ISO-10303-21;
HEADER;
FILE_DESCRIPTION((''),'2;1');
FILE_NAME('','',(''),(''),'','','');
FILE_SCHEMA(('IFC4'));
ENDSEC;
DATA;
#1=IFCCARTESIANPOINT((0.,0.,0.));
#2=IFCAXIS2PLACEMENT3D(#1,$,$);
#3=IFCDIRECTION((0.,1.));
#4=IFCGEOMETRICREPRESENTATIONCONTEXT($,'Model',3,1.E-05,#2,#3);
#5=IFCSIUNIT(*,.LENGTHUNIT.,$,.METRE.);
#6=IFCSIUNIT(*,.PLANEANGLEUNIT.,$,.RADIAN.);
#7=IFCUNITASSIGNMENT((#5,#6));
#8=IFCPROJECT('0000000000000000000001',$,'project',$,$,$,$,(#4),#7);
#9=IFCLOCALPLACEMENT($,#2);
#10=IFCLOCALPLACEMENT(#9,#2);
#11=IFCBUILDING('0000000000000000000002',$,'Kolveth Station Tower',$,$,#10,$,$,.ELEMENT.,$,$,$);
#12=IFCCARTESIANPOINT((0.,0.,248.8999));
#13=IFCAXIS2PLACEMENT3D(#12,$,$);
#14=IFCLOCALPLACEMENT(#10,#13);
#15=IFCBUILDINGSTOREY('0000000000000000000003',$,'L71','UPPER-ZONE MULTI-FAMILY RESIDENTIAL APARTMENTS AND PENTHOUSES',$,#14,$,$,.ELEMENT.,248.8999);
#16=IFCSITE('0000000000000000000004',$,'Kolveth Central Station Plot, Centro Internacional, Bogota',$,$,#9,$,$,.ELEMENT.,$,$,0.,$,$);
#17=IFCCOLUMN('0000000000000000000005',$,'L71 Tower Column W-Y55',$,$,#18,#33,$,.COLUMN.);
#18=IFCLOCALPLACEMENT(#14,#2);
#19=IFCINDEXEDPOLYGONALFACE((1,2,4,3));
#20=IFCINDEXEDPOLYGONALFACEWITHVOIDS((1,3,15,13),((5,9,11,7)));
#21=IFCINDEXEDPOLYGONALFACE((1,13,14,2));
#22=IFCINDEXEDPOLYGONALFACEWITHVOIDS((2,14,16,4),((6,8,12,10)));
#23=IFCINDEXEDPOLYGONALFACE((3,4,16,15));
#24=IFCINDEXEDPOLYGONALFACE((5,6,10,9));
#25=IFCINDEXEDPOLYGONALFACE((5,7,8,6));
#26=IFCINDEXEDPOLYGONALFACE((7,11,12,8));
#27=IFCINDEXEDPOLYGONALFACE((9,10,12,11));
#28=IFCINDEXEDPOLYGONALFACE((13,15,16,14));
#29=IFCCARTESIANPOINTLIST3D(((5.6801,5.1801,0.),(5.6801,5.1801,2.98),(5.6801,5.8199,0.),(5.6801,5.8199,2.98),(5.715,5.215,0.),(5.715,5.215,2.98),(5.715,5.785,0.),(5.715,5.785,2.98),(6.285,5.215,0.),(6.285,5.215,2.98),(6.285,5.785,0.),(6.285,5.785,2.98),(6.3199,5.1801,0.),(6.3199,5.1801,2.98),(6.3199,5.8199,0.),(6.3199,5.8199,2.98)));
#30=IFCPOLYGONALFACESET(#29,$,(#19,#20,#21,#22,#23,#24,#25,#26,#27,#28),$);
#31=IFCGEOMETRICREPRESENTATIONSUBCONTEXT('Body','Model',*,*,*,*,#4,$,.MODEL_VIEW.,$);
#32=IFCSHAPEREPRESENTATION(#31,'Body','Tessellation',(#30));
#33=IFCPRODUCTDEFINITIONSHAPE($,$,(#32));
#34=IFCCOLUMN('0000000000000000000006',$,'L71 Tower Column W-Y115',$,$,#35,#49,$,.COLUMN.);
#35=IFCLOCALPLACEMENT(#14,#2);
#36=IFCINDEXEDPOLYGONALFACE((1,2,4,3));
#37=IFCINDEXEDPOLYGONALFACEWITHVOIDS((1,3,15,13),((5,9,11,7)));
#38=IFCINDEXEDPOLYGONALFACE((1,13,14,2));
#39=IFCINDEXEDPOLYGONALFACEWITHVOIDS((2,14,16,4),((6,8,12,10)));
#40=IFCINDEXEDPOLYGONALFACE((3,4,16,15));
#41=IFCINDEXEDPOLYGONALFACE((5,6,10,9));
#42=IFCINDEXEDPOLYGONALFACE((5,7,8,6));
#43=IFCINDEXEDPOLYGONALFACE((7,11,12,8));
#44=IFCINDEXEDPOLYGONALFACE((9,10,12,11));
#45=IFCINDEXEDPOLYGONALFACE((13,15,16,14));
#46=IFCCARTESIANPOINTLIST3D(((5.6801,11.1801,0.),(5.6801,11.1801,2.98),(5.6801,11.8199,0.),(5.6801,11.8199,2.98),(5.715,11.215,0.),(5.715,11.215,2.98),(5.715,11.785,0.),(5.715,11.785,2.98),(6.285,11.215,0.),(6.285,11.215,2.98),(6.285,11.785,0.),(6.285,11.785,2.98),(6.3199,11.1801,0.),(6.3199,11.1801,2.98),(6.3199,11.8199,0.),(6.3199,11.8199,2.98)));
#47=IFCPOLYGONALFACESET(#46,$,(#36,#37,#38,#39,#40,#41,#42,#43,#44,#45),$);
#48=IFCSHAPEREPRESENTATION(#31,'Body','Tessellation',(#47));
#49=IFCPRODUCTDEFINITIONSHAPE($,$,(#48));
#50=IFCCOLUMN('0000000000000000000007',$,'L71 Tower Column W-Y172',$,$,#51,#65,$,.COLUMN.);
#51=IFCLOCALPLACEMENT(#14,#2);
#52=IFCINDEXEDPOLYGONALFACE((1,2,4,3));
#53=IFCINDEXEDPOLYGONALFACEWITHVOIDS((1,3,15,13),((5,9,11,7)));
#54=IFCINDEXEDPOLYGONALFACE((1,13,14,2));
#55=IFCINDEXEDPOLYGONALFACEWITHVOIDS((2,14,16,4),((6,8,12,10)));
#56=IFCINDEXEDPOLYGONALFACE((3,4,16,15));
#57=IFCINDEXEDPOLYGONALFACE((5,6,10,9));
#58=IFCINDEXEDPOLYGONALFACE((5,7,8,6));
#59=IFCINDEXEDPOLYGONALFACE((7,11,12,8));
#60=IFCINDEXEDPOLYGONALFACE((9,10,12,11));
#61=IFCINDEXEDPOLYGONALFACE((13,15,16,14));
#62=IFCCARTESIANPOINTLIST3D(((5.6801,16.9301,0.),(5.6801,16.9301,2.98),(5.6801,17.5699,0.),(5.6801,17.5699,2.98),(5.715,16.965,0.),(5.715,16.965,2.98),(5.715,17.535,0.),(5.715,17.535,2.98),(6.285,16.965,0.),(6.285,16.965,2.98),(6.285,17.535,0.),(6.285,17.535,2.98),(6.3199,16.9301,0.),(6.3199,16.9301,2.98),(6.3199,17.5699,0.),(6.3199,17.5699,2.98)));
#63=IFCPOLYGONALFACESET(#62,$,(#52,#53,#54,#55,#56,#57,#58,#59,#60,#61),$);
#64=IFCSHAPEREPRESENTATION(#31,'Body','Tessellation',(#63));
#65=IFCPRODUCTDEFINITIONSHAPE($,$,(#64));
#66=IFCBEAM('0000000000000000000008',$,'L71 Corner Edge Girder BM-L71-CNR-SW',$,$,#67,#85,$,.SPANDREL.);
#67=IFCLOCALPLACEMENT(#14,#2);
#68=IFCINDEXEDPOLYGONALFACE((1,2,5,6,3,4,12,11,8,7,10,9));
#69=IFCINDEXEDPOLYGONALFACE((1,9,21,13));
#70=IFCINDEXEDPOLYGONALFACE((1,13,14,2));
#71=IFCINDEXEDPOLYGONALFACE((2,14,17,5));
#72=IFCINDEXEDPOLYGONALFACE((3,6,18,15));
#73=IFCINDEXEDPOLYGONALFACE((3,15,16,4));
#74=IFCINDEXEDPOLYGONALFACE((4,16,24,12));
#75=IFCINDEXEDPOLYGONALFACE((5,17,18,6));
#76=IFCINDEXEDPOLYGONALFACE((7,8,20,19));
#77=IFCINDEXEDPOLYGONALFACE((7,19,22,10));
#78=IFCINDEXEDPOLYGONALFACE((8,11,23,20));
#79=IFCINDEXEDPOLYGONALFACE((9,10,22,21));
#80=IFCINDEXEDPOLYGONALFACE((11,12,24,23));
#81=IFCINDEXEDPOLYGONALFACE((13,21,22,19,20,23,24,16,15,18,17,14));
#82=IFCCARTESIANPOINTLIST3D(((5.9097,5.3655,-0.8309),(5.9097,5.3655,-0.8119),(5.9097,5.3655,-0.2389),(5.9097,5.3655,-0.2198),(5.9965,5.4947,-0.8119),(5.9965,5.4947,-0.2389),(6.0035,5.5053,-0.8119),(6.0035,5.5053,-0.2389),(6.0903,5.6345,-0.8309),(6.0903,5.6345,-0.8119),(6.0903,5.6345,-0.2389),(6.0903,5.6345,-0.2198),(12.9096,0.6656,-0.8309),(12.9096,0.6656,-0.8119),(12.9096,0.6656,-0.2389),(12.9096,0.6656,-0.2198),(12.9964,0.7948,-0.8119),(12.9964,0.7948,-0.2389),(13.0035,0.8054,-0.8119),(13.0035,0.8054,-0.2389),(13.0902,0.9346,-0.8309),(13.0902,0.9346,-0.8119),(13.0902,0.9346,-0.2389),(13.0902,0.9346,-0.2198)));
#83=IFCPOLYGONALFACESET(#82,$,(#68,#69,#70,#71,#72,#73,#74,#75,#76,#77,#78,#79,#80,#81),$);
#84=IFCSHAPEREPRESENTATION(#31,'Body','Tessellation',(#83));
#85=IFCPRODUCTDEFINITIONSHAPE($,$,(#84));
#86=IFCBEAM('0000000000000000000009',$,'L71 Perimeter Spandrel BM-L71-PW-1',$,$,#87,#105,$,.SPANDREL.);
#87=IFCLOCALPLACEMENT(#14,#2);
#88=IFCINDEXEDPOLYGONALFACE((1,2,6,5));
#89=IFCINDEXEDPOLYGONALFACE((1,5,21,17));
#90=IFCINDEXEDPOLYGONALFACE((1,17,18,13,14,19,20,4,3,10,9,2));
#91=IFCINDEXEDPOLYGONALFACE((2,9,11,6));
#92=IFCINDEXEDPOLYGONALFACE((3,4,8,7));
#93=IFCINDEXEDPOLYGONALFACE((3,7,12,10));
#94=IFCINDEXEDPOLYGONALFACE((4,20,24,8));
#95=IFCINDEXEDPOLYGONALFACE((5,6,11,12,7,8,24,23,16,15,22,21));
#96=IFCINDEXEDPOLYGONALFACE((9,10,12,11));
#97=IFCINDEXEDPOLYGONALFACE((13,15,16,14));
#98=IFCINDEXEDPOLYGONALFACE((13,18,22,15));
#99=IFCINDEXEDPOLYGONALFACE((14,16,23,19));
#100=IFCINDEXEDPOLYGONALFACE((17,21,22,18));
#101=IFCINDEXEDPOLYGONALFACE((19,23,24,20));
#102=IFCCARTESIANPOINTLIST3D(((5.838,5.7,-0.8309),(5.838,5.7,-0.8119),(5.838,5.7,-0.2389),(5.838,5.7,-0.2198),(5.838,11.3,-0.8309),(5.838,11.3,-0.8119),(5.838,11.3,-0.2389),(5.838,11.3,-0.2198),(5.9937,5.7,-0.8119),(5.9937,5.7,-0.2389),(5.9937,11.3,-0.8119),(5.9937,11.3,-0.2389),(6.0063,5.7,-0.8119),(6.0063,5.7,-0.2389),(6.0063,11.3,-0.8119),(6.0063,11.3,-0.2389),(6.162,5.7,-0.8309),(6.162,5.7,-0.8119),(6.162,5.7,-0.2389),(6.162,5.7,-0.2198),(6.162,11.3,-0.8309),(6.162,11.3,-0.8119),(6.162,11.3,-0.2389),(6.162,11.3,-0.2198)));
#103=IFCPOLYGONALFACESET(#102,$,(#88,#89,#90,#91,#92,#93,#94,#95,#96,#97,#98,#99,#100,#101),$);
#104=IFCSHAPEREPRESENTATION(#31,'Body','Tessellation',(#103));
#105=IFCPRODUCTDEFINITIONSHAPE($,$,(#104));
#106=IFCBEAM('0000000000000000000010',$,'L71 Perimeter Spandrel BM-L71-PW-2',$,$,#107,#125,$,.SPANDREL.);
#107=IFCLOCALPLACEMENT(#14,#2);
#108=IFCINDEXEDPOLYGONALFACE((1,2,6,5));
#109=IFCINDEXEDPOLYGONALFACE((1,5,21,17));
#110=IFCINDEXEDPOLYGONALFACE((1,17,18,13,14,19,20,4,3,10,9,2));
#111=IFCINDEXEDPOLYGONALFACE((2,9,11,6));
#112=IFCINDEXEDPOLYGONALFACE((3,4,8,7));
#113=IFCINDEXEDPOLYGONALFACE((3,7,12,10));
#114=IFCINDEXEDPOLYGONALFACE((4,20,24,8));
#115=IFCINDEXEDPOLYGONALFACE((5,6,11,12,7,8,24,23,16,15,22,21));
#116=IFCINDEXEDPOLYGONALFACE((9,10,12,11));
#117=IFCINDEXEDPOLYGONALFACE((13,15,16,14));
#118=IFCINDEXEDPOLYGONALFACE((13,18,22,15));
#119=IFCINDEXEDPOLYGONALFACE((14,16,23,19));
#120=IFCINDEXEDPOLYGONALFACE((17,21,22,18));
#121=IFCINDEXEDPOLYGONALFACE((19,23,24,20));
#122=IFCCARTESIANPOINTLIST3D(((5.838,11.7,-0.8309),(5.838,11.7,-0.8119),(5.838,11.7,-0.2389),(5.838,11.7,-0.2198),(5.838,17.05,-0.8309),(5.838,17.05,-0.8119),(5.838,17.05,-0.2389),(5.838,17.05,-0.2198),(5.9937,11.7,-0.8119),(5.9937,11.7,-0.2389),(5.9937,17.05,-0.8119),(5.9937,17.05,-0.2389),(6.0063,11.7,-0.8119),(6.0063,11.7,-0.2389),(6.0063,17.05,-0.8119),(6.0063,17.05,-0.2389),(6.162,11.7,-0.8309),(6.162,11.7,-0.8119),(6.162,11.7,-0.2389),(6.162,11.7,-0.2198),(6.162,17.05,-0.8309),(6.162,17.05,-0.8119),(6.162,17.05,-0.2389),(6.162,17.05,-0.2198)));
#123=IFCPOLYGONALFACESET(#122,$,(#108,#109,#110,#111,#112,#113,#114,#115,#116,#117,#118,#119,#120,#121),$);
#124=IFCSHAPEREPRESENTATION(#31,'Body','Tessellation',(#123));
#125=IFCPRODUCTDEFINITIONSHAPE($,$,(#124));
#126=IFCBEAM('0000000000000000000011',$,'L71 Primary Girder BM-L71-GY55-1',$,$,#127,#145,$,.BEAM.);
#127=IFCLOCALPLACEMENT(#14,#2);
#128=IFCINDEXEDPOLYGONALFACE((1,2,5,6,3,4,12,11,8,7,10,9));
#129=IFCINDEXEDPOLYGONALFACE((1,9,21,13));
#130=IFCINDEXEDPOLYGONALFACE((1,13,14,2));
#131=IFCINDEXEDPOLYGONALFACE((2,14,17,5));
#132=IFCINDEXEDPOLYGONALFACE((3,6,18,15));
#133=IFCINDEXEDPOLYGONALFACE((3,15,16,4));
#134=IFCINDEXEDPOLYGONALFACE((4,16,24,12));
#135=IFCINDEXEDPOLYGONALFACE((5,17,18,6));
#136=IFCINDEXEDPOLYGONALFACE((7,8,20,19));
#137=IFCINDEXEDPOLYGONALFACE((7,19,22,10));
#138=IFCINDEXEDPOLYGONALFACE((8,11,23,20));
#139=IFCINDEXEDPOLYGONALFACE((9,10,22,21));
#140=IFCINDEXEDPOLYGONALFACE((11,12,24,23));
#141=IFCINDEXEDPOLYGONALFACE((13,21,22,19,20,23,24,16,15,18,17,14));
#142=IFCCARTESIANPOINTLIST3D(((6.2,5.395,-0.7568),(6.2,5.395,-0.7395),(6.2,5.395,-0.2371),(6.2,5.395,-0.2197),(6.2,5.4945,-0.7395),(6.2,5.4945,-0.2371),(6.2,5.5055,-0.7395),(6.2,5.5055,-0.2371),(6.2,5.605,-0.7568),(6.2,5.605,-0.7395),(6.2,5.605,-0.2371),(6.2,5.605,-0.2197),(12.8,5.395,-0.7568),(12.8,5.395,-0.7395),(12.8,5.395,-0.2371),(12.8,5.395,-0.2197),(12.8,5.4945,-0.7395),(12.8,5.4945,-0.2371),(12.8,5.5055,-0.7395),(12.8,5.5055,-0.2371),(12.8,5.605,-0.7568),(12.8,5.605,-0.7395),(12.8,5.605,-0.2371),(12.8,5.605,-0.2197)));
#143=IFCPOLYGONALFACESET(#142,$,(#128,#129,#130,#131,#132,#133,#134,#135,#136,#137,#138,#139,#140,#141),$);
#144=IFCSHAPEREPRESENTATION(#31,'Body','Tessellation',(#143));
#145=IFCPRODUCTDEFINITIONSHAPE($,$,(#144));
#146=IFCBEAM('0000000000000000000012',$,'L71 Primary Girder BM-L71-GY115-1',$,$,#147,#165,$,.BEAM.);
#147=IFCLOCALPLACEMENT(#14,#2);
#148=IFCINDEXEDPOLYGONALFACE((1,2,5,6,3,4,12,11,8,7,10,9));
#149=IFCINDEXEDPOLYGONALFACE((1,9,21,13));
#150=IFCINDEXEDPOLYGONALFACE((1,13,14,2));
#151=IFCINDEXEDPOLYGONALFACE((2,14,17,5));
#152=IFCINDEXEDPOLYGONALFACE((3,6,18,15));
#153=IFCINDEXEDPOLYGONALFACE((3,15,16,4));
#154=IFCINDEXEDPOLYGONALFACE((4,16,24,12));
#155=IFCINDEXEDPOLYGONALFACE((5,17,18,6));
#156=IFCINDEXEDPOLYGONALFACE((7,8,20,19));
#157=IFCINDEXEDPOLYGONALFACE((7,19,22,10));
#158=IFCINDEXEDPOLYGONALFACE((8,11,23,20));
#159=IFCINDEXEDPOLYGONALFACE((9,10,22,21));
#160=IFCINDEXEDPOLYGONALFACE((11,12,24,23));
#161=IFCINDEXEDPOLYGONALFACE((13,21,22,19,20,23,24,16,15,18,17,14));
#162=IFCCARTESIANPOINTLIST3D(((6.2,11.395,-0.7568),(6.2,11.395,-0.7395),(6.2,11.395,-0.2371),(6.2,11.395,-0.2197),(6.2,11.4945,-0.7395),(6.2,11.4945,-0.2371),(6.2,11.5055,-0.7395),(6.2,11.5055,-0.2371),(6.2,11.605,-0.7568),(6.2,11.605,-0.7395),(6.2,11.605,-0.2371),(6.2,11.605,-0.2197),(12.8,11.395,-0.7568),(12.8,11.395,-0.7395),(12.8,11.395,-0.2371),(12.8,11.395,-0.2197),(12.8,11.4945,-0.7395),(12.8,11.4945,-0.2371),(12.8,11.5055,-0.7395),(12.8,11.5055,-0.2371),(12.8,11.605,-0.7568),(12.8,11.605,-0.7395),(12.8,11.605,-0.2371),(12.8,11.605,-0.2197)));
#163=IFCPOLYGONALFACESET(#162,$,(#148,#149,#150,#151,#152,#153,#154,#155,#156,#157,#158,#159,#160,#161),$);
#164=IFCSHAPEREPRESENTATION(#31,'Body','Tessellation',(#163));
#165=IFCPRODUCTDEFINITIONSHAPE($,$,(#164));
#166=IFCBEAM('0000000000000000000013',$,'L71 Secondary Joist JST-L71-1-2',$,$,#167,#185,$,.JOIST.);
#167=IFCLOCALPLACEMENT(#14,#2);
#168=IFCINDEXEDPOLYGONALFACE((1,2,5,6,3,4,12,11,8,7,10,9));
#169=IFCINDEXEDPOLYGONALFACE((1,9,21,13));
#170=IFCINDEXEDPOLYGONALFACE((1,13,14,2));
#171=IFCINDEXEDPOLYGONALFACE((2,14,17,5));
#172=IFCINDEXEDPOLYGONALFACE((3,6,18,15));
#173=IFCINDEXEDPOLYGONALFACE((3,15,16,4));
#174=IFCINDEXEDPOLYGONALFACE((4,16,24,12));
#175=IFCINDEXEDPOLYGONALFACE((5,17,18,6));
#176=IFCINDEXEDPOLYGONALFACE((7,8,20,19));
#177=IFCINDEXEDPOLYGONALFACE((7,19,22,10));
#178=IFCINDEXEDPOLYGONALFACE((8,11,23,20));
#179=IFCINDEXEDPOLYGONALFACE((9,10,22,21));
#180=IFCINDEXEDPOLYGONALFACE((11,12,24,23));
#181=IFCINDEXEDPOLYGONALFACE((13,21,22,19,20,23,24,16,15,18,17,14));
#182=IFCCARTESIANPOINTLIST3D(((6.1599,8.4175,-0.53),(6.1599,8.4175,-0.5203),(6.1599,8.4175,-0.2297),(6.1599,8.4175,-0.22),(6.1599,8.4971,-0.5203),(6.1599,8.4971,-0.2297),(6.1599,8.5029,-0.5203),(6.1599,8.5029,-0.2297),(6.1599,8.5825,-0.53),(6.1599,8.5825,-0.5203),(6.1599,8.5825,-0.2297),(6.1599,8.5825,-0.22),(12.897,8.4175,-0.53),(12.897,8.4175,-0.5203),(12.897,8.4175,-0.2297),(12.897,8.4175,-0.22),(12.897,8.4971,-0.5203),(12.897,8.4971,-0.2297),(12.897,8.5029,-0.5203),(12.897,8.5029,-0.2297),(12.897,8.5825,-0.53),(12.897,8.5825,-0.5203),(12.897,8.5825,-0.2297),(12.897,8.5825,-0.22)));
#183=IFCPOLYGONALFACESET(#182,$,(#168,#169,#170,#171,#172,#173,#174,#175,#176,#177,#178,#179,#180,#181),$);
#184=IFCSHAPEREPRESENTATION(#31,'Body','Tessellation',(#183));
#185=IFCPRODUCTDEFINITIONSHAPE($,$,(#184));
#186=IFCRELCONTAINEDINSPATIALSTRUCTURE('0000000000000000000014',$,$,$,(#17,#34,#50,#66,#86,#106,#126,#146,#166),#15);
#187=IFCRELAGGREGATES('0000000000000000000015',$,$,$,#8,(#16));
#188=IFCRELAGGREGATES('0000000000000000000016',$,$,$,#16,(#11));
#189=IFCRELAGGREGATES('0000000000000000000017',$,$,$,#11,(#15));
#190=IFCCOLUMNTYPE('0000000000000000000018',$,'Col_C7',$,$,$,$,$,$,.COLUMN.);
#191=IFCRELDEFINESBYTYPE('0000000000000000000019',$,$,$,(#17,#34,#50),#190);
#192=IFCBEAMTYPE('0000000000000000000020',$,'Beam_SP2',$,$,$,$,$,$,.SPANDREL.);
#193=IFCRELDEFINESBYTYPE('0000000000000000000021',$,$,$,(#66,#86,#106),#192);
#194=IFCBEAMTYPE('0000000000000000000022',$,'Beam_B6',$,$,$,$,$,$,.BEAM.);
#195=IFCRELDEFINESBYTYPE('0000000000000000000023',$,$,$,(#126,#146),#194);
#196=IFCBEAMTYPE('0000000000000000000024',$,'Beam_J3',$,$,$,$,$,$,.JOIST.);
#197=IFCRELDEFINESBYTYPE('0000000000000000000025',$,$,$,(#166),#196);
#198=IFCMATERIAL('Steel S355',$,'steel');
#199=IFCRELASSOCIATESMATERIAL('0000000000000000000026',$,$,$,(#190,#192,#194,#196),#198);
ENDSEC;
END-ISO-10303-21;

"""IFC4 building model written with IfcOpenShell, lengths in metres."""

from ifc_helpers import new_model, si_unit, direction, frame, origin, origin_2d, place, context, subcontext, project, spatial, hollow_rectangle, i_section, extrude, source, transform, mapped, material, material_profile, profile_set, type_object, element, save


model = new_model("IFC4")

# Units and contexts
model_context = context("Model", 3, precision=1e-05, world=origin(), true_north=direction((0.0, 1.0)))
body_context = subcontext(model_context, "Body", "Model", "MODEL_VIEW")
ifc_project = project(units=[si_unit("LENGTHUNIT", "METRE"), si_unit("PLANEANGLEUNIT", "RADIAN")], contexts=[model_context])

# Site, building, storey
site_placement = place(None, origin())
site = spatial("IfcSite", under=ifc_project, at=site_placement, Name="Kolveth Central Station Plot, Centro Internacional, Bogota", CompositionType="ELEMENT", RefElevation=0.0)
building_placement = place(site_placement, origin())
building = spatial("IfcBuilding", under=site, at=building_placement, Name="Kolveth Station Tower", CompositionType="ELEMENT")
storey_placement = place(building_placement, frame((0.0, 0.0, 248.8999)))
storey = spatial("IfcBuildingStorey", under=building, at=storey_placement, Name="L71", Description="UPPER-ZONE MULTI-FAMILY RESIDENTIAL APARTMENTS AND PENTHOUSES", CompositionType="ELEMENT", Elevation=248.8999)

# Columns
ifc_material_1 = material(Name="Steel S355", Category="steel")
ifc_material_profile_1 = material_profile(ifc_material_1, hollow_rectangle(XDim=0.6399, YDim=0.6399, WallThickness=0.0349, at=origin_2d()), Name="BOX640x640x35")
ifc_profile_set_1 = profile_set([ifc_material_profile_1], Name="Steel S355")
column_type = type_object("IfcColumnType", Name="Col_C7", PredefinedType="COLUMN", material=ifc_profile_set_1)
shared_shape_1 = source(origin(), body_context, "Body", "SweptSolid", [
    extrude(hollow_rectangle(XDim=0.6399, YDim=0.6399, WallThickness=0.0349, at=origin_2d()), origin(), (0.0, 0.0, 1.0), 2.98),
])
for number, where, z_axis, x_axis, name in (
    (1, (6.0, 5.5, 0.0), (0.0, 0.0, 1.0), (1.0, 0.0, 0.0), "L71 Tower Column W-Y55"),
    (2, (6.0, 11.5, 0.0), (0.0, 0.0, 1.0), (1.0, 0.0, 0.0), "L71 Tower Column W-Y115"),
    (3, (6.0, 17.25, 0.0), (0.0, 0.0, 1.0), (1.0, 0.0, 0.0), "L71 Tower Column W-Y172"),
):
    element("IfcColumn", number, at=place(storey_placement, frame(where, z_axis=z_axis, x_axis=x_axis)), inside=storey, type_object=column_type, Name=name, PredefinedType="COLUMN", context=body_context, shape_type="MappedRepresentation", body=[
        mapped(shared_shape_1, transform((0.0, 0.0, 0.0), x_axis=(1.0, 0.0, 0.0), y_axis=(0.0, 1.0, 0.0), z_axis=(0.0, 0.0, 1.0), scale=1.0)),
    ])

# Beams
ifc_material_profile_2 = material_profile(ifc_material_1, i_section(OverallWidth=0.324, OverallDepth=0.6111, WebThickness=0.0127, FlangeThickness=0.019, at=origin_2d()), Name="W610x155")
ifc_profile_set_2 = profile_set([ifc_material_profile_2], Name="Steel S355")
beam_type_1 = type_object("IfcBeamType", Name="Beam_SP2", PredefinedType="SPANDREL", material=ifc_profile_set_2)
shared_shape_2 = source(origin(), body_context, "Body", "SweptSolid", [
    extrude(i_section(OverallWidth=0.324, OverallDepth=0.6111, WebThickness=0.0127, FlangeThickness=0.019, at=origin_2d()), origin(), (0.0, 0.0, 1.0), 8.4314),
])
beam_1_placement = place(storey_placement, frame((6.0, 5.5, -0.5254), z_axis=(0.830224, -0.55743, 0.0), x_axis=(0.55743, 0.830224, 0.0)))
element("IfcBeam", 4, at=beam_1_placement, inside=storey, type_object=beam_type_1, Name="L71 Corner Edge Girder BM-L71-CNR-SW", PredefinedType="SPANDREL", context=body_context, shape_type="MappedRepresentation", body=[
    mapped(shared_shape_2, transform((0.0, 0.0, 0.0), x_axis=(1.0, 0.0, 0.0), y_axis=(0.0, 1.0, 0.0), z_axis=(0.0, 0.0, 1.0), scale=1.0)),
])
shared_shape_3 = source(origin(), body_context, "Body", "SweptSolid", [
    extrude(i_section(OverallWidth=0.324, OverallDepth=0.6111, WebThickness=0.0127, FlangeThickness=0.019, at=origin_2d()), origin(), (0.0, 0.0, 1.0), 5.6001),
])
beam_2_placement = place(storey_placement, frame((6.0, 5.7, -0.5254), z_axis=(0.0, 1.0, 0.0), x_axis=(-1.0, 0.0, 0.0)))
element("IfcBeam", 5, at=beam_2_placement, inside=storey, type_object=beam_type_1, Name="L71 Perimeter Spandrel BM-L71-PW-1", PredefinedType="SPANDREL", context=body_context, shape_type="MappedRepresentation", body=[
    mapped(shared_shape_3, transform((0.0, 0.0, 0.0), x_axis=(1.0, 0.0, 0.0), y_axis=(0.0, 1.0, 0.0), z_axis=(0.0, 0.0, 1.0), scale=1.0)),
])
shared_shape_4 = source(origin(), body_context, "Body", "SweptSolid", [
    extrude(i_section(OverallWidth=0.324, OverallDepth=0.6111, WebThickness=0.0127, FlangeThickness=0.019, at=origin_2d()), origin(), (0.0, 0.0, 1.0), 5.3501),
])
beam_3_placement = place(storey_placement, frame((6.0, 11.7, -0.5254), z_axis=(0.0, 1.0, 0.0), x_axis=(-1.0, 0.0, 0.0)))
element("IfcBeam", 6, at=beam_3_placement, inside=storey, type_object=beam_type_1, Name="L71 Perimeter Spandrel BM-L71-PW-2", PredefinedType="SPANDREL", context=body_context, shape_type="MappedRepresentation", body=[
    mapped(shared_shape_4, transform((0.0, 0.0, 0.0), x_axis=(1.0, 0.0, 0.0), y_axis=(0.0, 1.0, 0.0), z_axis=(0.0, 0.0, 1.0), scale=1.0)),
])
ifc_material_profile_3 = material_profile(ifc_material_1, i_section(OverallWidth=0.21, OverallDepth=0.5371, WebThickness=0.011, FlangeThickness=0.0173, at=origin_2d()), Name="W530x101")
ifc_profile_set_3 = profile_set([ifc_material_profile_3], Name="Steel S355")
beam_type_2 = type_object("IfcBeamType", Name="Beam_B6", PredefinedType="BEAM", material=ifc_profile_set_3)
shared_shape_5 = source(origin(), body_context, "Body", "SweptSolid", [
    extrude(i_section(OverallWidth=0.21, OverallDepth=0.5371, WebThickness=0.011, FlangeThickness=0.0173, at=origin_2d()), origin(), (0.0, 0.0, 1.0), 6.6001),
])
for number, where, z_axis, x_axis, name in (
    (7, (6.2, 5.5, -0.4883), (1.0, 0.0, 0.0), (0.0, 1.0, 0.0), "L71 Primary Girder BM-L71-GY55-1"),
    (8, (6.2, 11.5, -0.4883), (1.0, 0.0, 0.0), (0.0, 1.0, 0.0), "L71 Primary Girder BM-L71-GY115-1"),
):
    element("IfcBeam", number, at=place(storey_placement, frame(where, z_axis=z_axis, x_axis=x_axis)), inside=storey, type_object=beam_type_2, Name=name, PredefinedType="BEAM", context=body_context, shape_type="MappedRepresentation", body=[
        mapped(shared_shape_5, transform((0.0, 0.0, 0.0), x_axis=(1.0, 0.0, 0.0), y_axis=(0.0, 1.0, 0.0), z_axis=(0.0, 0.0, 1.0), scale=1.0)),
    ])
ifc_material_profile_4 = material_profile(ifc_material_1, i_section(OverallWidth=0.165, OverallDepth=0.3101, WebThickness=0.0059, FlangeThickness=0.0098, at=origin_2d()), Name="W310x39")
ifc_profile_set_4 = profile_set([ifc_material_profile_4], Name="Steel S355")
beam_type_3 = type_object("IfcBeamType", Name="Beam_J3", PredefinedType="JOIST", material=ifc_profile_set_4)
shared_shape_6 = source(origin(), body_context, "Body", "SweptSolid", [
    extrude(i_section(OverallWidth=0.165, OverallDepth=0.3101, WebThickness=0.0059, FlangeThickness=0.0098, at=origin_2d()), origin(), (0.0, 0.0, 1.0), 6.7371),
])
for number, where, z_axis, x_axis, name in (
    (9, (6.1599, 8.5, -0.375), (1.0, 0.0, 0.0), (0.0, 1.0, 0.0), "L71 Secondary Joist JST-L71-1-2"),
):
    element("IfcBeam", number, at=place(storey_placement, frame(where, z_axis=z_axis, x_axis=x_axis)), inside=storey, type_object=beam_type_3, Name=name, PredefinedType="JOIST", context=body_context, shape_type="MappedRepresentation", body=[
        mapped(shared_shape_6, transform((0.0, 0.0, 0.0), x_axis=(1.0, 0.0, 0.0), y_axis=(0.0, 1.0, 0.0), z_axis=(0.0, 0.0, 1.0), scale=1.0)),
    ])

save(model, "model.ifc")
